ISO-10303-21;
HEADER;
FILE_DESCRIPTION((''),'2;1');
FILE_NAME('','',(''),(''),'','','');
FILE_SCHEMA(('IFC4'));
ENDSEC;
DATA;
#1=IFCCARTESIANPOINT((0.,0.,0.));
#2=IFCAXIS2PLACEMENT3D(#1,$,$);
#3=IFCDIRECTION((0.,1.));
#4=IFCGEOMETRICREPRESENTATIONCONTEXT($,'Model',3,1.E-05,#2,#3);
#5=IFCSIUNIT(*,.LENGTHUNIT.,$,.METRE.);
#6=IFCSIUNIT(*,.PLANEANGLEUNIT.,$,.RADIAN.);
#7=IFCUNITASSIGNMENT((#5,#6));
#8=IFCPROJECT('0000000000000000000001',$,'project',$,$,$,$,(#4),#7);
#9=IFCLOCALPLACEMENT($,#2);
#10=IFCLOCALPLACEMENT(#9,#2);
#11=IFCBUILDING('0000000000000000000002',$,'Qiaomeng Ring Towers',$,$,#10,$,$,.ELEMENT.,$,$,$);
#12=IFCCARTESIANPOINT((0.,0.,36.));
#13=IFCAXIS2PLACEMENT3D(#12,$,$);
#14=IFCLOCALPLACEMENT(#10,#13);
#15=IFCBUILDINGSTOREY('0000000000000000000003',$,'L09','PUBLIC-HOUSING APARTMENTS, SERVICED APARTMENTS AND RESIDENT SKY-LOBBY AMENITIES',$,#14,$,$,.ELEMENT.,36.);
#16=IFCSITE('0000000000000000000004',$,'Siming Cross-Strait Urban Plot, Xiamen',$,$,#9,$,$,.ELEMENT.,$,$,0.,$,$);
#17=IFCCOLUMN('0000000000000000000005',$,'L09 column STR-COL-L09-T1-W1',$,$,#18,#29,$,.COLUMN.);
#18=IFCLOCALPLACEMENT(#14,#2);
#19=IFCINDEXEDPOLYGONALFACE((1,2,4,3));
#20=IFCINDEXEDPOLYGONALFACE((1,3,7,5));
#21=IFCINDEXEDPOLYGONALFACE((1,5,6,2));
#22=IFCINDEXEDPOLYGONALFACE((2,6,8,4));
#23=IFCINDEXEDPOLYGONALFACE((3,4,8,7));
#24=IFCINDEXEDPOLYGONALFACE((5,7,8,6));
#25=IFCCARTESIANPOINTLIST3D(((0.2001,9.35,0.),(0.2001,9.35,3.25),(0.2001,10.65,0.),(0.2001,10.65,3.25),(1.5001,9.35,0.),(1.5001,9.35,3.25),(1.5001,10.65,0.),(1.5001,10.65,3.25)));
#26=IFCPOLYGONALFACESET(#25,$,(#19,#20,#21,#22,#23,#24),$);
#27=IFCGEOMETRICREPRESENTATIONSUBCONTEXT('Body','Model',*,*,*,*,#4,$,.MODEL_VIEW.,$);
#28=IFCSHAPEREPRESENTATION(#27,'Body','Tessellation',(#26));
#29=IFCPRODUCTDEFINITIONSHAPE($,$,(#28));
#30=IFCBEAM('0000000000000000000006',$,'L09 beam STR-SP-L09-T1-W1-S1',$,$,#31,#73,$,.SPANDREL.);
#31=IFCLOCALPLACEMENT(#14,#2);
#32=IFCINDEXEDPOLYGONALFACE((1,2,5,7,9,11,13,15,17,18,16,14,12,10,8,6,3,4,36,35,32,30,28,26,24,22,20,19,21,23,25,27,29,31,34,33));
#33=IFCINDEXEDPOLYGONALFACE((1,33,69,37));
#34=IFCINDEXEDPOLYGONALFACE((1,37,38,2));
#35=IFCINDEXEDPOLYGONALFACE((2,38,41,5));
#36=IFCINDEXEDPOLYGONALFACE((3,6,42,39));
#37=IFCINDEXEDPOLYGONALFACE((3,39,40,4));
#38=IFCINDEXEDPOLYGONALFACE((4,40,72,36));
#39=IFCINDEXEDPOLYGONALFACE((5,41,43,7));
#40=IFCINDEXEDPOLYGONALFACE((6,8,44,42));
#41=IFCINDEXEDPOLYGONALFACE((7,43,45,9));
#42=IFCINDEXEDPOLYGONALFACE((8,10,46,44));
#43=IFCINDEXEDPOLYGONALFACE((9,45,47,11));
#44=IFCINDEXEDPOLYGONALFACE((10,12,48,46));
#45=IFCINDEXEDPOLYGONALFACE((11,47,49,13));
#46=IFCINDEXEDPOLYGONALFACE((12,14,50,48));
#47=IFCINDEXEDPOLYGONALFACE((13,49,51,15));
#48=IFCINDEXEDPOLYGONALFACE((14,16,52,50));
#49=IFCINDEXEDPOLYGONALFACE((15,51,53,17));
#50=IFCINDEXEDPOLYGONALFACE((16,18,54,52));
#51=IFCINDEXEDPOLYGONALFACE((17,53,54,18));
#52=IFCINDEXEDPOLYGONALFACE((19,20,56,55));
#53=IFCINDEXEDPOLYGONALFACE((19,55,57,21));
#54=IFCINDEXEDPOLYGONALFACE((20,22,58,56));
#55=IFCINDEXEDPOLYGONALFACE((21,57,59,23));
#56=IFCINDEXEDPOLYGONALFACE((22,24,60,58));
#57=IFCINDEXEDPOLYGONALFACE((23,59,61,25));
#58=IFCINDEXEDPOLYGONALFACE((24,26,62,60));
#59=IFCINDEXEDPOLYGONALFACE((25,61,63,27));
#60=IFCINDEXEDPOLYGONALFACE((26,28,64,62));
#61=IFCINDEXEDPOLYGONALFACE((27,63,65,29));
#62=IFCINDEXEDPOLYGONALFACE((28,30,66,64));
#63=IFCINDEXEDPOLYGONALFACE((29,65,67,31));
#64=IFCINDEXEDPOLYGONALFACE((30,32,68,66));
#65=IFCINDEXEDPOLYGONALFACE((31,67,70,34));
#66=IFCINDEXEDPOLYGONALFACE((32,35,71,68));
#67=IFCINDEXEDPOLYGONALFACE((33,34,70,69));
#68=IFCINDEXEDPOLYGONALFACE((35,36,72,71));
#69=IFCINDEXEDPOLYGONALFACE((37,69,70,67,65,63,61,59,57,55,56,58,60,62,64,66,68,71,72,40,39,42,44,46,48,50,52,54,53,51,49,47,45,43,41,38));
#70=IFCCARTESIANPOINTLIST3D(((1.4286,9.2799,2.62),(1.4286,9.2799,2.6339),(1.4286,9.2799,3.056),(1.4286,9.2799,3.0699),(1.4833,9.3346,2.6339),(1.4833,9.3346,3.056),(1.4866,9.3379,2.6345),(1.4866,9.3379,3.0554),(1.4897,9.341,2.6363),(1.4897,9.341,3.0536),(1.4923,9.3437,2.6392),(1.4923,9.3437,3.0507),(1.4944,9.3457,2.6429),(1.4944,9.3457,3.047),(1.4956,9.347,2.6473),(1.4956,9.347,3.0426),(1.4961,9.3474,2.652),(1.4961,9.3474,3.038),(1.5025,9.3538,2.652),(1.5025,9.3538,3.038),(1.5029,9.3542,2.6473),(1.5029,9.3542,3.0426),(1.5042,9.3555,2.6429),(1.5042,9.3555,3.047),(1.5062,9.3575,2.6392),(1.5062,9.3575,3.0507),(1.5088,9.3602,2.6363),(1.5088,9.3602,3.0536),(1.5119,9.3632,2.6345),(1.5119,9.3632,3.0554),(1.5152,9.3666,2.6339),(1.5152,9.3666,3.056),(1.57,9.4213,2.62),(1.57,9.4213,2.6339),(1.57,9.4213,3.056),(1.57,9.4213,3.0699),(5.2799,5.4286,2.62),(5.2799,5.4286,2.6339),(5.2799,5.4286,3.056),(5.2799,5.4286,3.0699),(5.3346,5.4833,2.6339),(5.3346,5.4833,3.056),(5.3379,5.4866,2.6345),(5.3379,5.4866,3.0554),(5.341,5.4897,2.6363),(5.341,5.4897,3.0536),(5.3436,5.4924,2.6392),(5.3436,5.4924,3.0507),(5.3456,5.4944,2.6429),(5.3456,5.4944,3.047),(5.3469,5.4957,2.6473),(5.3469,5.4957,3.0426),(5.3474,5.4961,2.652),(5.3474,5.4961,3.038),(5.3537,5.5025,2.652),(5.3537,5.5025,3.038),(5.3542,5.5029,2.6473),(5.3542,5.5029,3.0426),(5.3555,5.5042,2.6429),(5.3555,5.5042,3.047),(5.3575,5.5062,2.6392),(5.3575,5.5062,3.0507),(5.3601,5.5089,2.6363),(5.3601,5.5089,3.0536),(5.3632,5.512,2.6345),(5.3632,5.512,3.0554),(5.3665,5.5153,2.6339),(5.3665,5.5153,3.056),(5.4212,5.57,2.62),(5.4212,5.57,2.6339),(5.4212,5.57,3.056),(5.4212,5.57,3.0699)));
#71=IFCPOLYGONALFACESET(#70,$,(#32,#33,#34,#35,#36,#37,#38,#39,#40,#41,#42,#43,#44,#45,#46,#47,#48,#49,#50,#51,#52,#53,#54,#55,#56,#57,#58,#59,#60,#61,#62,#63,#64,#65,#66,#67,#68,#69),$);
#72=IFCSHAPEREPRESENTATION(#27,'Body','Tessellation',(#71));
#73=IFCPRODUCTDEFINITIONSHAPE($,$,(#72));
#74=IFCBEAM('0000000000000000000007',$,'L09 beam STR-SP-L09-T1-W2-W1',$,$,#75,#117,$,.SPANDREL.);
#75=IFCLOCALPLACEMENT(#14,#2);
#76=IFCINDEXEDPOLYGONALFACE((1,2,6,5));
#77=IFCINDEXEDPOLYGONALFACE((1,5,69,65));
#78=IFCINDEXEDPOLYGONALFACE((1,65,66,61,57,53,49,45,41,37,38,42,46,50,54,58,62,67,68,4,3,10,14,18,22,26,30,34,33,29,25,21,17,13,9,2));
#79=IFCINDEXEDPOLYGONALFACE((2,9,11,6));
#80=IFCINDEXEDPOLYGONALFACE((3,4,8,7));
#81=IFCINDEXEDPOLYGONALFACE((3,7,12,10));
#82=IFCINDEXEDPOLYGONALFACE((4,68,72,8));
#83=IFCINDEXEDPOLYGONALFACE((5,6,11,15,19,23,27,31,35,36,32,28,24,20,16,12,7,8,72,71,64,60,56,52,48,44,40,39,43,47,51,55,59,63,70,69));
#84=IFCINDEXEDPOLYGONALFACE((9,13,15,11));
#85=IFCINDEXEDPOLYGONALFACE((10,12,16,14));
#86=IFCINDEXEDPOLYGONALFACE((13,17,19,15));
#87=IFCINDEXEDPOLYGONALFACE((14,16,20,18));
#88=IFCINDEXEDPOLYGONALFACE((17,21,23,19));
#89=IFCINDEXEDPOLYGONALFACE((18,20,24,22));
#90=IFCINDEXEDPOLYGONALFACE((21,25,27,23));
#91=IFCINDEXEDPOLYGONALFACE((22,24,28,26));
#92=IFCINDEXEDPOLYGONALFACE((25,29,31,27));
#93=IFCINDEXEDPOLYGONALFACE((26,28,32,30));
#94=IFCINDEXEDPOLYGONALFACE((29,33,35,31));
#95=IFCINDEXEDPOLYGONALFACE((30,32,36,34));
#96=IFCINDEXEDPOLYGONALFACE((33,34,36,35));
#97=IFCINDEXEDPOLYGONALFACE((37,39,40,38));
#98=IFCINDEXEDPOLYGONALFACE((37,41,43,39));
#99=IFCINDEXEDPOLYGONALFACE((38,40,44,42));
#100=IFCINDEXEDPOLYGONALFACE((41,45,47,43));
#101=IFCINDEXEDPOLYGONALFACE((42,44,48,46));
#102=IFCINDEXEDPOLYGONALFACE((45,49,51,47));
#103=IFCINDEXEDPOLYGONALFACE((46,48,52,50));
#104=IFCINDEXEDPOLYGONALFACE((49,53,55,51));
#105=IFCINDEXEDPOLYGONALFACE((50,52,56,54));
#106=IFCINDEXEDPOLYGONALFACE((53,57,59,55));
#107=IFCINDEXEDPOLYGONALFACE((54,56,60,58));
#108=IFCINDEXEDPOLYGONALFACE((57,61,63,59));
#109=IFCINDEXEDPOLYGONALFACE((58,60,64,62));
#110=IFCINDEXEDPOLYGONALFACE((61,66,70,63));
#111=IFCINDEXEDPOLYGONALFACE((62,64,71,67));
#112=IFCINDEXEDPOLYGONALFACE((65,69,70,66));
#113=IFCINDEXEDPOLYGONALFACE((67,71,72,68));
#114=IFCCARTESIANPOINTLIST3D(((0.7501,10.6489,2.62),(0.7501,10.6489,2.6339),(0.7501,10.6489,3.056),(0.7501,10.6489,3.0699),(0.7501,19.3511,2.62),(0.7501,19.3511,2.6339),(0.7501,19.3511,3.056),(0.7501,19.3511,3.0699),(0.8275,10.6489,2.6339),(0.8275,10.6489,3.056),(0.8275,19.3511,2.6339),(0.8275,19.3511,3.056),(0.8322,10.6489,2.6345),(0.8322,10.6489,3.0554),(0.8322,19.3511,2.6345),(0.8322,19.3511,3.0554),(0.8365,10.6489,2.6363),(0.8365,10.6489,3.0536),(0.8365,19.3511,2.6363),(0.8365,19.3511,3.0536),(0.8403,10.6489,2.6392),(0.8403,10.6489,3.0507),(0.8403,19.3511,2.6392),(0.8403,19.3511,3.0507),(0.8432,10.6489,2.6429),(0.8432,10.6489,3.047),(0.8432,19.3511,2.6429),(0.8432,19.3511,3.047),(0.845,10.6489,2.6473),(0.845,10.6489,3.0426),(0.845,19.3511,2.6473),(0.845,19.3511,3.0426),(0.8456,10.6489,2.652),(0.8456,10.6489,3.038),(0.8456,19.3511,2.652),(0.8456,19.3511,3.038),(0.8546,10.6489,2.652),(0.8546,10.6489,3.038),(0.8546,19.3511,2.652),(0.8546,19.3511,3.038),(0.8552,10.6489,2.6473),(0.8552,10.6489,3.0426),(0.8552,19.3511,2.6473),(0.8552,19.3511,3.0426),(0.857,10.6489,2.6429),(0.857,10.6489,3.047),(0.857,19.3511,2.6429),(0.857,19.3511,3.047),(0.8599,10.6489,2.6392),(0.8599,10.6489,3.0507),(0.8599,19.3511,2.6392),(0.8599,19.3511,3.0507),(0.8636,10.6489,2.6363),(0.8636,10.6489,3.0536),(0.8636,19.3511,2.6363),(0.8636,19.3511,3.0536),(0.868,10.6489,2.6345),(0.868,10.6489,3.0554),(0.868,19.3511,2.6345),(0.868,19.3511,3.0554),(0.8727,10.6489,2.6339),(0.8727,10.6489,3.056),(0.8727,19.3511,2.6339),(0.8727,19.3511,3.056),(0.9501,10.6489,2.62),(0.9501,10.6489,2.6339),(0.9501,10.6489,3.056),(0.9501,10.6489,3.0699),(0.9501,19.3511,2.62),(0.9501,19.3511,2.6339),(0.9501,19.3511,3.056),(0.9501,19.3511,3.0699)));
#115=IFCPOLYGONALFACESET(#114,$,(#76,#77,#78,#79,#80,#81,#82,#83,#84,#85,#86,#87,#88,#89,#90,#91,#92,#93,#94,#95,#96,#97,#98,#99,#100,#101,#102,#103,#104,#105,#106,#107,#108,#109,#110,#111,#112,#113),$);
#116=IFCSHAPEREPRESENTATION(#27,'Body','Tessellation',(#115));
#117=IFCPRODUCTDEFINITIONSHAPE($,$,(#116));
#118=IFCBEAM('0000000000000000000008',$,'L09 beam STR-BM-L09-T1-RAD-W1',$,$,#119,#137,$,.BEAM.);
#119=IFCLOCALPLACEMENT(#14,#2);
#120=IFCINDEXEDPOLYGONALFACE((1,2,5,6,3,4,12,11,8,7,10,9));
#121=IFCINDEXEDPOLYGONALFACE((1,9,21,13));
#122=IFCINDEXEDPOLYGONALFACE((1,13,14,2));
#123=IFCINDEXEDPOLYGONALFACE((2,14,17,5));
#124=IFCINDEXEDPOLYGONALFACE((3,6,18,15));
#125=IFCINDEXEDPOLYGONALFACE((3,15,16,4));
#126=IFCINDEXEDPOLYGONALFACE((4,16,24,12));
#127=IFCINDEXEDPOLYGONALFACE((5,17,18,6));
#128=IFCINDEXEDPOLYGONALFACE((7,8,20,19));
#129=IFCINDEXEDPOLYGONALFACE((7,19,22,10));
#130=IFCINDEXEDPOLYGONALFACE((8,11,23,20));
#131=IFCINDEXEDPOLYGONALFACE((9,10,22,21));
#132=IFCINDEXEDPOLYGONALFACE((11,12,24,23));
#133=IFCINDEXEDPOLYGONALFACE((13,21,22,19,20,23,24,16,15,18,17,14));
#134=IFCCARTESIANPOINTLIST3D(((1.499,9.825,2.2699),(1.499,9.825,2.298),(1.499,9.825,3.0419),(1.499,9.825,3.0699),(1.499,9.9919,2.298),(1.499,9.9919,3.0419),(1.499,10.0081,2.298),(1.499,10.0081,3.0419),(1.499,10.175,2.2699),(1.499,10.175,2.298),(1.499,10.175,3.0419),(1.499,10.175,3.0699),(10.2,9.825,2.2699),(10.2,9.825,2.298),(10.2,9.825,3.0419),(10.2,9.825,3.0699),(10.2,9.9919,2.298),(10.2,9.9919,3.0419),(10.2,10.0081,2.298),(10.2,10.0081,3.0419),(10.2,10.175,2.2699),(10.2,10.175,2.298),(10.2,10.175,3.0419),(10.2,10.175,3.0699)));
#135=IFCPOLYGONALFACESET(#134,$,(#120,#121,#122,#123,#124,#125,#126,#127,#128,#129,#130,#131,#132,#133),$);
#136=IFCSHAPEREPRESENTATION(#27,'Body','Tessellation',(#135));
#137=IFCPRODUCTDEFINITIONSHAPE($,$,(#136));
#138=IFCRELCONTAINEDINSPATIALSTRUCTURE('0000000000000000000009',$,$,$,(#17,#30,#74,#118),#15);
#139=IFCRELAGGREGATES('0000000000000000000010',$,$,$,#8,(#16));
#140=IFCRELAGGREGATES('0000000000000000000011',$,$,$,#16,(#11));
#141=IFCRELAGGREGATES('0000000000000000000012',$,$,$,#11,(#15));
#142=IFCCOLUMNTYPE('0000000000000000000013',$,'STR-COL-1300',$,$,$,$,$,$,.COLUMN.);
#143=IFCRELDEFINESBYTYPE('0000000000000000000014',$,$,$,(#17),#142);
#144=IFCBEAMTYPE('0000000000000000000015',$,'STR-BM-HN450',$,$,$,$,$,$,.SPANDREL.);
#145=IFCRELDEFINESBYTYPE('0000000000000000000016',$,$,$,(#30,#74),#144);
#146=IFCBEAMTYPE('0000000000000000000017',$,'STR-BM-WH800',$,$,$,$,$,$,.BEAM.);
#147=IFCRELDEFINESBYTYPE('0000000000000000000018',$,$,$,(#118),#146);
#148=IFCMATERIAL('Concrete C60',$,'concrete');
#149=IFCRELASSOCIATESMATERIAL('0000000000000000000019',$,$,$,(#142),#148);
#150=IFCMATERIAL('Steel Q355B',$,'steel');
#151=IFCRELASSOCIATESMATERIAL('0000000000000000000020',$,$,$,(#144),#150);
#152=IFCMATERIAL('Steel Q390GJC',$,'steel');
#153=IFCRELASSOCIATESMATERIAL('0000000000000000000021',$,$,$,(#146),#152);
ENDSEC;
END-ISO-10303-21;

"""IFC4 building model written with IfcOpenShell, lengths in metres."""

from ifc_helpers import new_model, si_unit, direction, frame, origin, origin_2d, place, context, subcontext, project, spatial, rectangle, i_section, extrude, source, transform, mapped, material, material_profile, profile_set, type_object, element, save


model = new_model("IFC4")

# Units and contexts
model_context = context("Model", 3, precision=1e-05, world=origin(), true_north=direction((0.0, 1.0)))
body_context = subcontext(model_context, "Body", "Model", "MODEL_VIEW")
ifc_project = project(units=[si_unit("LENGTHUNIT", "METRE"), si_unit("PLANEANGLEUNIT", "RADIAN")], contexts=[model_context])

# Site, building, storey
site_placement = place(None, origin())
site = spatial("IfcSite", under=ifc_project, at=site_placement, Name="Siming Cross-Strait Urban Plot, Xiamen", CompositionType="ELEMENT", RefElevation=0.0)
building_placement = place(site_placement, origin())
building = spatial("IfcBuilding", under=site, at=building_placement, Name="Qiaomeng Ring Towers", CompositionType="ELEMENT")
storey_placement = place(building_placement, frame((0.0, 0.0, 36.0)))
storey = spatial("IfcBuildingStorey", under=building, at=storey_placement, Name="L09", Description="PUBLIC-HOUSING APARTMENTS, SERVICED APARTMENTS AND RESIDENT SKY-LOBBY AMENITIES", CompositionType="ELEMENT", Elevation=36.0)

# Column
ifc_material_1 = material(Name="Concrete C60", Category="concrete")
ifc_material_profile_1 = material_profile(ifc_material_1, rectangle(XDim=1.3, YDim=1.3, at=origin_2d()), Name="RC COL 1300x1300")
ifc_profile_set_1 = profile_set([ifc_material_profile_1], Name="Concrete C60")
column_type = type_object("IfcColumnType", Name="STR-COL-1300", PredefinedType="COLUMN", material=ifc_profile_set_1)
shared_shape_1 = source(origin(), body_context, "Body", "SweptSolid", [
    extrude(rectangle(XDim=1.3, YDim=1.3, at=origin_2d()), origin(), (0.0, 0.0, 1.0), 3.25),
])
column_placement = place(storey_placement, frame((0.8501, 10.0, 0.0), z_axis=(0.0, 0.0, 1.0), x_axis=(1.0, 0.0, 0.0)))
element("IfcColumn", 1, at=column_placement, inside=storey, type_object=column_type, Name="L09 column STR-COL-L09-T1-W1", PredefinedType="COLUMN", context=body_context, shape_type="MappedRepresentation", body=[
    mapped(shared_shape_1, transform((0.0, 0.0, 0.0), x_axis=(1.0, 0.0, 0.0), y_axis=(0.0, 1.0, 0.0), z_axis=(0.0, 0.0, 1.0), scale=1.0)),
])

# Beams
ifc_material_2 = material(Name="Steel Q355B", Category="steel")
ifc_material_profile_2 = material_profile(ifc_material_2, i_section(OverallWidth=0.2, OverallDepth=0.45, WebThickness=0.009, FlangeThickness=0.0139, FilletRadius=0.0181, at=origin_2d()), Name="HN 450x200x9x14")
ifc_profile_set_2 = profile_set([ifc_material_profile_2], Name="Steel Q355B")
beam_type_1 = type_object("IfcBeamType", Name="STR-BM-HN450", PredefinedType="SPANDREL", material=ifc_profile_set_2)
shared_shape_2 = source(origin(), body_context, "Body", "SweptSolid", [
    extrude(i_section(OverallWidth=0.2, OverallDepth=0.45, WebThickness=0.009, FlangeThickness=0.0139, FilletRadius=0.0181, at=origin_2d()), origin(), (0.0, 0.0, 1.0), 5.4465),
])
beam_1_placement = place(storey_placement, frame((1.4993, 9.3506, 2.845), z_axis=(0.707107, -0.707107, 0.0), x_axis=(0.707107, 0.707107, 0.0)))
element("IfcBeam", 2, at=beam_1_placement, inside=storey, type_object=beam_type_1, Name="L09 beam STR-SP-L09-T1-W1-S1", PredefinedType="SPANDREL", context=body_context, shape_type="MappedRepresentation", body=[
    mapped(shared_shape_2, transform((0.0, 0.0, 0.0), x_axis=(1.0, 0.0, 0.0), y_axis=(0.0, 1.0, 0.0), z_axis=(0.0, 0.0, 1.0), scale=1.0)),
])
shared_shape_3 = source(origin(), body_context, "Body", "SweptSolid", [
    extrude(i_section(OverallWidth=0.2, OverallDepth=0.45, WebThickness=0.009, FlangeThickness=0.0139, FilletRadius=0.0181, at=origin_2d()), origin(), (0.0, 0.0, 1.0), 8.7021),
])
beam_2_placement = place(storey_placement, frame((0.8501, 19.3511, 2.845), z_axis=(0.0, -1.0, 0.0), x_axis=(1.0, 0.0, 0.0)))
element("IfcBeam", 3, at=beam_2_placement, inside=storey, type_object=beam_type_1, Name="L09 beam STR-SP-L09-T1-W2-W1", PredefinedType="SPANDREL", context=body_context, shape_type="MappedRepresentation", body=[
    mapped(shared_shape_3, transform((0.0, 0.0, 0.0), x_axis=(1.0, 0.0, 0.0), y_axis=(0.0, 1.0, 0.0), z_axis=(0.0, 0.0, 1.0), scale=1.0)),
])
ifc_material_3 = material(Name="Steel Q390GJC", Category="steel")
ifc_material_profile_3 = material_profile(ifc_material_3, i_section(OverallWidth=0.3501, OverallDepth=0.8, WebThickness=0.0161, FlangeThickness=0.0281, at=origin_2d()), Name="WH 800x350x16x28")
ifc_profile_set_3 = profile_set([ifc_material_profile_3], Name="Steel Q390GJC")
beam_type_2 = type_object("IfcBeamType", Name="STR-BM-WH800", PredefinedType="BEAM", material=ifc_profile_set_3)
shared_shape_4 = source(origin(), body_context, "Body", "SweptSolid", [
    extrude(i_section(OverallWidth=0.3501, OverallDepth=0.8, WebThickness=0.0161, FlangeThickness=0.0281, at=origin_2d()), origin(), (0.0, 0.0, 1.0), 8.7009),
])
beam_3_placement = place(storey_placement, frame((1.499, 10.0, 2.6699), z_axis=(1.0, 0.0, 0.0), x_axis=(0.0, 1.0, 0.0)))
element("IfcBeam", 4, at=beam_3_placement, inside=storey, type_object=beam_type_2, Name="L09 beam STR-BM-L09-T1-RAD-W1", PredefinedType="BEAM", context=body_context, shape_type="MappedRepresentation", body=[
    mapped(shared_shape_4, transform((0.0, 0.0, 0.0), x_axis=(1.0, 0.0, 0.0), y_axis=(0.0, 1.0, 0.0), z_axis=(0.0, 0.0, 1.0), scale=1.0)),
])

save(model, "model.ifc")
